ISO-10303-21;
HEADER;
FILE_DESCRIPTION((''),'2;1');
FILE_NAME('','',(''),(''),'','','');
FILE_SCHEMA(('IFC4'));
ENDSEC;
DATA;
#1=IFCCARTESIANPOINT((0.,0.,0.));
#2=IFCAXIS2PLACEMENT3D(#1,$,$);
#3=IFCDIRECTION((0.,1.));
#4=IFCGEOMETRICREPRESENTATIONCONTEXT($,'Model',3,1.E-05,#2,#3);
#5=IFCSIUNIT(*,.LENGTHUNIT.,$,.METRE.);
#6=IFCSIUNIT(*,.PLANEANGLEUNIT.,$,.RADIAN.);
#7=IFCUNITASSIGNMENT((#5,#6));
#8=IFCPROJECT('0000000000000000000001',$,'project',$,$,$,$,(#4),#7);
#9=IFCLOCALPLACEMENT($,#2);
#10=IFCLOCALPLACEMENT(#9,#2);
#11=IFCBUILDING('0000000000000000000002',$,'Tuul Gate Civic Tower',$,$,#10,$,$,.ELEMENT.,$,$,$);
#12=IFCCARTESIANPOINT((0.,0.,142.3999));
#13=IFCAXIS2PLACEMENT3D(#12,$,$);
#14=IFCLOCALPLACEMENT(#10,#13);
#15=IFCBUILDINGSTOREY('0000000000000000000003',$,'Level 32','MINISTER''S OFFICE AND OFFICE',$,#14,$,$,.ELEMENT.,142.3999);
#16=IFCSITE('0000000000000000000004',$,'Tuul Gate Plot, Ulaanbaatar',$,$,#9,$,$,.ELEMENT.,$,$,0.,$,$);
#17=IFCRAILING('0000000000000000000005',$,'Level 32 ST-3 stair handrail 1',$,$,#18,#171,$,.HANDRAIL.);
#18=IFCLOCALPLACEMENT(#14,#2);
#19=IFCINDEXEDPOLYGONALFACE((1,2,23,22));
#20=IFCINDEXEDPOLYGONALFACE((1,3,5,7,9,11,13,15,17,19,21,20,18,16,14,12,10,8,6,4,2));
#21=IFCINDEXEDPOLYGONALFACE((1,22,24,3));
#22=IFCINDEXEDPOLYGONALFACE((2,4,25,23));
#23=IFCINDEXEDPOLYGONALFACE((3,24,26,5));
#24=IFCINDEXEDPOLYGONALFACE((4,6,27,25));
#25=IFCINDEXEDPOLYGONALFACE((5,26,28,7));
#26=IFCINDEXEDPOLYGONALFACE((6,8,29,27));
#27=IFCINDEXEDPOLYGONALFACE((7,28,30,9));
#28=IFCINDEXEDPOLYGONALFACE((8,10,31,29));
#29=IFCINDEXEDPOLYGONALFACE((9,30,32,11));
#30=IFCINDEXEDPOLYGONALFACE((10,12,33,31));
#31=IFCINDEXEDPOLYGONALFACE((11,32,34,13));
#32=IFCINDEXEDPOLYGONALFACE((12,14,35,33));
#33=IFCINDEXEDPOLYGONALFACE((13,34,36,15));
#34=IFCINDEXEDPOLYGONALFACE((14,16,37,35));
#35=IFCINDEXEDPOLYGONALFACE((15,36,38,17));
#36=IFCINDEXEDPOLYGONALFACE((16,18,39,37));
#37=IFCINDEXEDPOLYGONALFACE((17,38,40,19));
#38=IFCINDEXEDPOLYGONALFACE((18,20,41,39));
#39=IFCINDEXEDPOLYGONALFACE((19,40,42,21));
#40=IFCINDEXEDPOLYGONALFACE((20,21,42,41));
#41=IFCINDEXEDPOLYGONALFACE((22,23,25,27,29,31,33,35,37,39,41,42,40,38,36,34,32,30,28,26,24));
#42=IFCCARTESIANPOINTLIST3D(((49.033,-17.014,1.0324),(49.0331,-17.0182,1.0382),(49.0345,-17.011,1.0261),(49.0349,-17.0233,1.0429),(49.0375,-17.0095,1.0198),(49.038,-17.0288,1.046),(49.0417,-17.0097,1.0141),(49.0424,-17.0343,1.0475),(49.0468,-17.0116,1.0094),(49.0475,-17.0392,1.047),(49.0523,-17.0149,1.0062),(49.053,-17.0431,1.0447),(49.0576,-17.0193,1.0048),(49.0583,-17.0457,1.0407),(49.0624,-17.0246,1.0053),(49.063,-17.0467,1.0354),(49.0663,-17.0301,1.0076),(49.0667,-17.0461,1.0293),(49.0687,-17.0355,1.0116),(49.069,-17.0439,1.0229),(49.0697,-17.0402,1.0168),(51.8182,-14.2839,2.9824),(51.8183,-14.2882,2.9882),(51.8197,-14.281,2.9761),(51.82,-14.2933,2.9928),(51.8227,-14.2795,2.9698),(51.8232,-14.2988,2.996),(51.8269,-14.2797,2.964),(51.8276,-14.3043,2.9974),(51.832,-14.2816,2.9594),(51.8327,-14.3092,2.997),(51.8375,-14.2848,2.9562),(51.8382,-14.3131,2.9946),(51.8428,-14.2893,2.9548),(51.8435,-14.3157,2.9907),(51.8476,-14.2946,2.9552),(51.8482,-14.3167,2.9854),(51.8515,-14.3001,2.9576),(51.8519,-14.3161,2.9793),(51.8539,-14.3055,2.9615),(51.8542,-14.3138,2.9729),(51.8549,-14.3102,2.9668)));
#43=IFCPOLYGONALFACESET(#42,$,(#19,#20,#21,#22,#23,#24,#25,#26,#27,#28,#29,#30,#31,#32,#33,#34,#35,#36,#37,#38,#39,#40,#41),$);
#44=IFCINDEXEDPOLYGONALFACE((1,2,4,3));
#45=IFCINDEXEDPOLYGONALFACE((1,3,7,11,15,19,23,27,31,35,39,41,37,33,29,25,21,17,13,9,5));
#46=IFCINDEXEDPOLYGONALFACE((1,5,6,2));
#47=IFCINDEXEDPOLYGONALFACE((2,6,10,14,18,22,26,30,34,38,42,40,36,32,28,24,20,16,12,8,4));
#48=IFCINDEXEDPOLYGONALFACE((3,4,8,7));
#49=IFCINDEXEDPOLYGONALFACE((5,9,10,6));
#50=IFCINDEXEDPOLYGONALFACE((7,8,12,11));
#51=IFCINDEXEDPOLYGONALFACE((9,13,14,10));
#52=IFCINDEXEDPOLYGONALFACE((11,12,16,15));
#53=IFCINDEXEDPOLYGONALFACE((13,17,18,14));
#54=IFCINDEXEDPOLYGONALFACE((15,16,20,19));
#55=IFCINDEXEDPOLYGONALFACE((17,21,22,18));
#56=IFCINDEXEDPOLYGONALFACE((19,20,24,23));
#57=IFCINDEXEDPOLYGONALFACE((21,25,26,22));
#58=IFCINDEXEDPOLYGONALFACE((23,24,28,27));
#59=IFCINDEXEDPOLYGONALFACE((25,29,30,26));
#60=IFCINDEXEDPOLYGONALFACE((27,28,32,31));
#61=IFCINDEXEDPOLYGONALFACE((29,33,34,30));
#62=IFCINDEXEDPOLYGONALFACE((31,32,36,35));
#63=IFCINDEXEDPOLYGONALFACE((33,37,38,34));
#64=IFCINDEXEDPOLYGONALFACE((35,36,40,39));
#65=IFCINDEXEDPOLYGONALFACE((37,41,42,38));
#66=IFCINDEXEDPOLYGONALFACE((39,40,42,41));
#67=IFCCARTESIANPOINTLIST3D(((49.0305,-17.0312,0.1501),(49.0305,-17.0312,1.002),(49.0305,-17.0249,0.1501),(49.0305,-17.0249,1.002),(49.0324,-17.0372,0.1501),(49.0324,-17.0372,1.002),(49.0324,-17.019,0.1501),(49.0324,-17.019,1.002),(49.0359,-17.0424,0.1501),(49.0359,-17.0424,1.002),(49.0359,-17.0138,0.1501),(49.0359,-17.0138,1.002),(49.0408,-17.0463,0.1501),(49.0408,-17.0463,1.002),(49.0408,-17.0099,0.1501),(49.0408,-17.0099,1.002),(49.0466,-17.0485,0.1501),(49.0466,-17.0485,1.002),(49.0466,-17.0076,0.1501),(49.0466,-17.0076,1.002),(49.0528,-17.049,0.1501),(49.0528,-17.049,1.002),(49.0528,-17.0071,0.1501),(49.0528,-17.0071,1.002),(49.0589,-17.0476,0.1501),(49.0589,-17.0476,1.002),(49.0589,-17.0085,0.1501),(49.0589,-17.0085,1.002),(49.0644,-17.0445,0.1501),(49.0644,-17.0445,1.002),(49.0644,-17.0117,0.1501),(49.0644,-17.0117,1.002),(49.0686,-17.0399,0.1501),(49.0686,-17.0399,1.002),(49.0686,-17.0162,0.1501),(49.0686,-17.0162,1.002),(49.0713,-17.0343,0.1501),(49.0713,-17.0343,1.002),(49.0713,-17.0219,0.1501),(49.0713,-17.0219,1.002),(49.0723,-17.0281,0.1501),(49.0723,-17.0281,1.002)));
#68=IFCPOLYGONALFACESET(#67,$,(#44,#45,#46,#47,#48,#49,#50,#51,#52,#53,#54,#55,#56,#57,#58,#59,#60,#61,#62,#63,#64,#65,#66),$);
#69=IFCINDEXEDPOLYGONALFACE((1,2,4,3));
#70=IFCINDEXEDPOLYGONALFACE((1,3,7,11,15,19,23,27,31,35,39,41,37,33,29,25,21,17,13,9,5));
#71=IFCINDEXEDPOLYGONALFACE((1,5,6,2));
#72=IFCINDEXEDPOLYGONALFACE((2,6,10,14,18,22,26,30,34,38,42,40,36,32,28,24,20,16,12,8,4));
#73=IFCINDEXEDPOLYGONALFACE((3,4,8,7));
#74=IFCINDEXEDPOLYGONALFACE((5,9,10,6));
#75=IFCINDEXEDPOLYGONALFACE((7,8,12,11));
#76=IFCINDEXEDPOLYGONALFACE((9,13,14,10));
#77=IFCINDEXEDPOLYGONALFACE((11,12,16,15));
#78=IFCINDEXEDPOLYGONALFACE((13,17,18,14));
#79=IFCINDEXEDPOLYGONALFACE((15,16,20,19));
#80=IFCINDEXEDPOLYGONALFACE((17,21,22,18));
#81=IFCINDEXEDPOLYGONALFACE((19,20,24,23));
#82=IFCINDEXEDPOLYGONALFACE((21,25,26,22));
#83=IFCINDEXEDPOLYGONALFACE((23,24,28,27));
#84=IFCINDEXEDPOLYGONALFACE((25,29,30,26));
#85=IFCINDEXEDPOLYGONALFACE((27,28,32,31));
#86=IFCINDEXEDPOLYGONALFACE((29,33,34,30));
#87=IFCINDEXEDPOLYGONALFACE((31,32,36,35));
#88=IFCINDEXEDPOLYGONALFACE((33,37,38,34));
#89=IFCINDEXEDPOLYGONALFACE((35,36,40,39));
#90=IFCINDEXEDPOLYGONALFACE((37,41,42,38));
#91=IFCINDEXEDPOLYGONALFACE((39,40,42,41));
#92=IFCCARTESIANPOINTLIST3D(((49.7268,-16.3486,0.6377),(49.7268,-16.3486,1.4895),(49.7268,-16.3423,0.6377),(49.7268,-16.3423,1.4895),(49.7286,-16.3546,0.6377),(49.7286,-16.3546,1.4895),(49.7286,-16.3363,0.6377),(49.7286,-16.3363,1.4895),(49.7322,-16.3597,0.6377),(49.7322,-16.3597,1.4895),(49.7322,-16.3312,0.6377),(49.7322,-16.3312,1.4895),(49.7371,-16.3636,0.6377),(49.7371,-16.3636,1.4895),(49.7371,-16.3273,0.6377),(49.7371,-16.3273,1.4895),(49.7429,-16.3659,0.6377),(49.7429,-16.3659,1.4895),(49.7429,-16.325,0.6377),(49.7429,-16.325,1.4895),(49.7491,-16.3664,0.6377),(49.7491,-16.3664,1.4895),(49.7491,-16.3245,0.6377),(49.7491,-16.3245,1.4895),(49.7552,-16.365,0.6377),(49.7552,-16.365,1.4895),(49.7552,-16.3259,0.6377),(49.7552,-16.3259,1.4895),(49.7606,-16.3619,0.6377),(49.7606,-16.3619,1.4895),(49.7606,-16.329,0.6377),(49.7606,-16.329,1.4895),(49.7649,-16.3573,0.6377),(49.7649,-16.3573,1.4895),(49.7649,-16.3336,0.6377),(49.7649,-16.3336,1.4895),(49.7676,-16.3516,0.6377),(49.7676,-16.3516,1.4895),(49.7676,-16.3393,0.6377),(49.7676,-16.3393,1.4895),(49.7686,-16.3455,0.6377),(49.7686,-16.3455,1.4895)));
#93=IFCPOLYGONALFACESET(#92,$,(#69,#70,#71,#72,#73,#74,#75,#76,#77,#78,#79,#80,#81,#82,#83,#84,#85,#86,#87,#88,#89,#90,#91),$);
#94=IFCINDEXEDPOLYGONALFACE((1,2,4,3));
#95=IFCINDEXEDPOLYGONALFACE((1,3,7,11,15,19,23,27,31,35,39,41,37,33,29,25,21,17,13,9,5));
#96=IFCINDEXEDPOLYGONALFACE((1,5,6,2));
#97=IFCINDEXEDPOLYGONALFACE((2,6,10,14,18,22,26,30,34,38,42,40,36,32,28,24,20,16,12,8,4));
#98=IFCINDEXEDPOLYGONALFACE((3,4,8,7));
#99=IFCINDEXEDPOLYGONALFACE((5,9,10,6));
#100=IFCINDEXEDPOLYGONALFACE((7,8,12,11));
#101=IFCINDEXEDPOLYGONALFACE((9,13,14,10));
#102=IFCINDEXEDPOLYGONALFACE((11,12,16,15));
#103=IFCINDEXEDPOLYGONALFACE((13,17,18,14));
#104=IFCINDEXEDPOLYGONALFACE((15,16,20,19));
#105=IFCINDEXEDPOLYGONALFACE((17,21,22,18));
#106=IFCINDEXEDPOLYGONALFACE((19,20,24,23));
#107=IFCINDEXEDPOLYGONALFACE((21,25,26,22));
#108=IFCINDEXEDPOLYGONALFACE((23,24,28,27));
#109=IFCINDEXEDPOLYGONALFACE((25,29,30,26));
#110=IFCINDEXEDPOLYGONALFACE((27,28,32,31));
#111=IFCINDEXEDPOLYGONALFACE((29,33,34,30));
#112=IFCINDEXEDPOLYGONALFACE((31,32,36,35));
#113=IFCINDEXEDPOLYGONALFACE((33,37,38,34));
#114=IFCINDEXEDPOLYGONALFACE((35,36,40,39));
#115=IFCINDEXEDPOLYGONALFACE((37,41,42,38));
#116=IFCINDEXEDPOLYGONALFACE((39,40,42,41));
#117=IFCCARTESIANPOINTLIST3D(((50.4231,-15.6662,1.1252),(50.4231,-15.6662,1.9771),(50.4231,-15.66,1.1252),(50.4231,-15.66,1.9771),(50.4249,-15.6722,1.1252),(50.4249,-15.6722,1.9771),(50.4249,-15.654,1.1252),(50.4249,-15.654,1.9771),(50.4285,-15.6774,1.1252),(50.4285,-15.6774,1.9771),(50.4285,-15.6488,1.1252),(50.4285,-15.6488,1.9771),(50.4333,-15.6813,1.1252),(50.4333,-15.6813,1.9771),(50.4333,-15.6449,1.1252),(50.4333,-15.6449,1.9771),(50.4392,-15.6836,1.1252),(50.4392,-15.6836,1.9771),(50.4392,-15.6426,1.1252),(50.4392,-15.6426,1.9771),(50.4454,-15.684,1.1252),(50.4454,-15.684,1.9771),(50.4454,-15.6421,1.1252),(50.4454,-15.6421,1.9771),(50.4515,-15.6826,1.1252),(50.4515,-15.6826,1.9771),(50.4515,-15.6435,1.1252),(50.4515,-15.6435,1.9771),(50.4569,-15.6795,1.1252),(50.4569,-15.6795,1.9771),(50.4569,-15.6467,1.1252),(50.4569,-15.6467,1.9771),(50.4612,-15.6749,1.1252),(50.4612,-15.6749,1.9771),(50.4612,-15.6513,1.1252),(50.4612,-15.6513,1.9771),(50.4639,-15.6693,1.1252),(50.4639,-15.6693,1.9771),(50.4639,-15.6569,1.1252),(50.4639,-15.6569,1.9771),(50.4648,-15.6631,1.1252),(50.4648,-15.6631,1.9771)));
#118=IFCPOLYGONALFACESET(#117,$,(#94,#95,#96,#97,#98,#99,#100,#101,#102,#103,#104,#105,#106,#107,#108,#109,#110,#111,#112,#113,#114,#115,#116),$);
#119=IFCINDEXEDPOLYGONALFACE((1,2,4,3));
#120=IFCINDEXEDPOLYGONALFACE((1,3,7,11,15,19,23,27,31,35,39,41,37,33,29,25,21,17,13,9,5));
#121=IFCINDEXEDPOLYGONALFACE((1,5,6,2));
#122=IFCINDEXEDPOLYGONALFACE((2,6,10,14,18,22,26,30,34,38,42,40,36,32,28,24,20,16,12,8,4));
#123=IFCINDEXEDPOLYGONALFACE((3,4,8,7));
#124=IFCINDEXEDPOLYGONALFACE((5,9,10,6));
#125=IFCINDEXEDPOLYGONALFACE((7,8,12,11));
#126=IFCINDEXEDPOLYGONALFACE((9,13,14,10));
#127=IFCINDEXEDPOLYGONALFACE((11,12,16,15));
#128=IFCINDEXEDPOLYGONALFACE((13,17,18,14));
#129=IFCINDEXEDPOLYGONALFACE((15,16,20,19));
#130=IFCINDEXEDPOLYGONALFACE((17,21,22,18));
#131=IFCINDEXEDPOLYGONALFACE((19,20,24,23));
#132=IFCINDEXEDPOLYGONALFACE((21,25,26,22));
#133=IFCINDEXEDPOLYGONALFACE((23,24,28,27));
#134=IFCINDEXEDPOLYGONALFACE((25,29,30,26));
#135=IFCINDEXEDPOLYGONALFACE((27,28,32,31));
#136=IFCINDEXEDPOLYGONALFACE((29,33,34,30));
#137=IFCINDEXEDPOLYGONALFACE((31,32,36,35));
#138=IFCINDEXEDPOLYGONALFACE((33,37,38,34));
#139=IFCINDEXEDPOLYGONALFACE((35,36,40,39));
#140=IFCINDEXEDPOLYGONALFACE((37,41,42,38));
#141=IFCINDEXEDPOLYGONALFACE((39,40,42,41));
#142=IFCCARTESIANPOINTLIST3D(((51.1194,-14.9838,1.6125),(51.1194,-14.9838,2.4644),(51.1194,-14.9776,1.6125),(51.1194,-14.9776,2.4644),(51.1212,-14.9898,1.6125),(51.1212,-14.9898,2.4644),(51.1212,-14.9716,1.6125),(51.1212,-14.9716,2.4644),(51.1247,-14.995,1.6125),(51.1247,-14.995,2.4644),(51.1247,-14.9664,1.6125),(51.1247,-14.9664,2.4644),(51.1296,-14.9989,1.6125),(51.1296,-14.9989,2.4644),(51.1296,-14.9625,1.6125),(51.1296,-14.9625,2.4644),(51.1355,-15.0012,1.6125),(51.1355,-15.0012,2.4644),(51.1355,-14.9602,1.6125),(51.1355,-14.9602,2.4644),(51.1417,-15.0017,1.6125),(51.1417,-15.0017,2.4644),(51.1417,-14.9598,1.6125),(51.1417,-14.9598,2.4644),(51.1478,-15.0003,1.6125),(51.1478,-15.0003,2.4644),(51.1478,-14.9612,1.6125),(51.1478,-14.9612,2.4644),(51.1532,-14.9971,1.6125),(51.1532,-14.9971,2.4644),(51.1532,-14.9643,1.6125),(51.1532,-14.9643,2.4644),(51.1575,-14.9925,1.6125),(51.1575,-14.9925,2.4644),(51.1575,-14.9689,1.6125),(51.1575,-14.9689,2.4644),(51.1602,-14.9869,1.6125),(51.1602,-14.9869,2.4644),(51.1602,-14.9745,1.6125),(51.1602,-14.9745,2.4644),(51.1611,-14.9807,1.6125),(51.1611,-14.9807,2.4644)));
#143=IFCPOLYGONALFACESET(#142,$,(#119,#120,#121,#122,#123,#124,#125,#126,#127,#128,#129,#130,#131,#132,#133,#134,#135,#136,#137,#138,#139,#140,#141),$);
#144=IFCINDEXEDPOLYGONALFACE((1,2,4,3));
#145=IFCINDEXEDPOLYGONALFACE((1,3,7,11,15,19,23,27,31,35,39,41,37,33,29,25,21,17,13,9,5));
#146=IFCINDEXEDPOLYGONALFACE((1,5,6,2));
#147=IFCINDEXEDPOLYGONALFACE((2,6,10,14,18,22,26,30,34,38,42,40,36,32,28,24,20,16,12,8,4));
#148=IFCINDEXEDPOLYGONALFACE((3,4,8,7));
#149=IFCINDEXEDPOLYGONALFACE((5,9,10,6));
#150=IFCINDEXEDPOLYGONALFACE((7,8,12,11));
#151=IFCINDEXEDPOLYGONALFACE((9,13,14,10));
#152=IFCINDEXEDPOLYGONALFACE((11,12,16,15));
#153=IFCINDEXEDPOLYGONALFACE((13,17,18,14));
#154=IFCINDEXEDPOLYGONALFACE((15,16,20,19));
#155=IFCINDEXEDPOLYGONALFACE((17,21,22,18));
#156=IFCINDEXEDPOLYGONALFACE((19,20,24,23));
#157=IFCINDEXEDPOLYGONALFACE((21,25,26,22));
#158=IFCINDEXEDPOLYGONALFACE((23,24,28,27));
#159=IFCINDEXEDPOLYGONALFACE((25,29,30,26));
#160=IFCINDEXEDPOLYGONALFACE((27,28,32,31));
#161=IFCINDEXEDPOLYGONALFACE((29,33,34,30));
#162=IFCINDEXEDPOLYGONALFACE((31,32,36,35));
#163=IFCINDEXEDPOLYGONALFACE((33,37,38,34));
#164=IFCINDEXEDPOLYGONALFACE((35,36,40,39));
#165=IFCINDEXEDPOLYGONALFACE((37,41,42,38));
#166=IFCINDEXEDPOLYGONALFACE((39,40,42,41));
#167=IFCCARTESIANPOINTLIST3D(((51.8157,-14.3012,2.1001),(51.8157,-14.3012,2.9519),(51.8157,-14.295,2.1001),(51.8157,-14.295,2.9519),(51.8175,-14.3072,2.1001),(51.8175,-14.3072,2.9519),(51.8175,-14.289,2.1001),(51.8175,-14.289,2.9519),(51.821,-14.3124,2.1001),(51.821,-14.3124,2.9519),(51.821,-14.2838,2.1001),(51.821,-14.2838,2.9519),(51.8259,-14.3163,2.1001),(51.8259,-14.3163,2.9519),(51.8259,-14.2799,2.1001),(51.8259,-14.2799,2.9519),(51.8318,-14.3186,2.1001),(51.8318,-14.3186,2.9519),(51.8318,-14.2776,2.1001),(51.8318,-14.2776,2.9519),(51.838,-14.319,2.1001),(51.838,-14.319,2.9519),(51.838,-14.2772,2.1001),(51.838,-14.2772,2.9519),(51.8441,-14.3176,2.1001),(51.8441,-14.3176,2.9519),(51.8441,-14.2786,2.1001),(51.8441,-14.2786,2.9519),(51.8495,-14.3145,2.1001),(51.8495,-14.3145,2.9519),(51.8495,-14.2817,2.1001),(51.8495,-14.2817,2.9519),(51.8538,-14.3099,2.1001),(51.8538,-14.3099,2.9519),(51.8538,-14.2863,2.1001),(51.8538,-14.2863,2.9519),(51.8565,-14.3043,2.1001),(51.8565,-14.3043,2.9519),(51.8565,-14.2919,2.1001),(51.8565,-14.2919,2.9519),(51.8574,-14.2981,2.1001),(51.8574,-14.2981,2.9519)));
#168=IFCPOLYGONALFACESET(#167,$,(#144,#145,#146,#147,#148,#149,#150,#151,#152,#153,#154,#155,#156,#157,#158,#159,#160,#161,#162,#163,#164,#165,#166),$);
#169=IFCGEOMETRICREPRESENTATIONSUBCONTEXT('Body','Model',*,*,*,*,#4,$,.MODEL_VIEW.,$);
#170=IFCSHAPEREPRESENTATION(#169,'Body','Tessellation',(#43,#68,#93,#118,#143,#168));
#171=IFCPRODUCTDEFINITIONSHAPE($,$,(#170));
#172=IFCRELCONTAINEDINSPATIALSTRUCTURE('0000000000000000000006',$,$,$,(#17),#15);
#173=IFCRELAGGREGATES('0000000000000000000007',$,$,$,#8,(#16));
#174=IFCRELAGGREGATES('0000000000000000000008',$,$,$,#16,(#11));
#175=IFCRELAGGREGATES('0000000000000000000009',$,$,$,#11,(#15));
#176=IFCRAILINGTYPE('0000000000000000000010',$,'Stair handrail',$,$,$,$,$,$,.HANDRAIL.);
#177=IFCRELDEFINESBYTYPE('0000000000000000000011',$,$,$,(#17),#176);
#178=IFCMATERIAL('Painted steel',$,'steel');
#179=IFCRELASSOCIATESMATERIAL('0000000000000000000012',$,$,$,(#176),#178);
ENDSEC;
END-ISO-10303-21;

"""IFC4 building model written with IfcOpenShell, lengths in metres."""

from ifc_helpers import new_model, si_unit, direction, frame, origin, origin_2d, place, context, subcontext, project, spatial, circle, extrude, material, type_object, element, save


model = new_model("IFC4")

# Units and contexts
model_context = context("Model", 3, precision=1e-05, world=origin(), true_north=direction((0.0, 1.0)))
body_context = subcontext(model_context, "Body", "Model", "MODEL_VIEW")
ifc_project = project(units=[si_unit("LENGTHUNIT", "METRE"), si_unit("PLANEANGLEUNIT", "RADIAN")], contexts=[model_context])

# Site, building, storey
site_placement = place(None, origin())
site = spatial("IfcSite", under=ifc_project, at=site_placement, Name="Tuul Gate Plot, Ulaanbaatar", CompositionType="ELEMENT", RefElevation=0.0)
building_placement = place(site_placement, origin())
building = spatial("IfcBuilding", under=site, at=building_placement, Name="Tuul Gate Civic Tower", CompositionType="ELEMENT")
storey_placement = place(building_placement, frame((0.0, 0.0, 142.3999)))
storey = spatial("IfcBuildingStorey", under=building, at=storey_placement, Name="Level 32", Description="MINISTER'S OFFICE AND OFFICE", CompositionType="ELEMENT", Elevation=142.3999)

# Railing
ifc_material_1 = material(Name="Painted steel", Category="steel")
railing_type = type_object("IfcRailingType", Name="Stair handrail", PredefinedType="HANDRAIL", material=ifc_material_1)
railing_1_placement = place(storey_placement, frame((49.0513, -17.0281, 0.1501)))
element("IfcRailing", 1, at=railing_1_placement, inside=storey, type_object=railing_type, Name="Level 32 ST-3 stair handrail 1", PredefinedType="HANDRAIL", context=body_context, shape_type="SweptSolid", body=[
    extrude(circle(Radius=0.0239, at=origin_2d()), frame((0.0, 0.0, 0.876), z_axis=(0.638754, 0.6261, 0.447206), x_axis=(-0.699998, 0.714145, 0.0)), (0.0, 0.0, 1.0), 4.3604),
    extrude(circle(Radius=0.021, at=origin_2d()), origin(), (0.0, 0.0, 1.0), 0.8518),
    extrude(circle(Radius=0.021, at=origin_2d()), frame((0.6963, 0.6826, 0.4875)), (0.0, 0.0, 1.0), 0.8518),
    extrude(circle(Radius=0.021, at=origin_2d()), frame((1.3926, 1.365, 0.9751)), (0.0, 0.0, 1.0), 0.8518),
    extrude(circle(Radius=0.021, at=origin_2d()), frame((2.0889, 2.0474, 1.4624)), (0.0, 0.0, 1.0), 0.8518),
    extrude(circle(Radius=0.021, at=origin_2d()), frame((2.7852, 2.73, 1.95)), (0.0, 0.0, 1.0), 0.8518),
])

save(model, "model.ifc")
